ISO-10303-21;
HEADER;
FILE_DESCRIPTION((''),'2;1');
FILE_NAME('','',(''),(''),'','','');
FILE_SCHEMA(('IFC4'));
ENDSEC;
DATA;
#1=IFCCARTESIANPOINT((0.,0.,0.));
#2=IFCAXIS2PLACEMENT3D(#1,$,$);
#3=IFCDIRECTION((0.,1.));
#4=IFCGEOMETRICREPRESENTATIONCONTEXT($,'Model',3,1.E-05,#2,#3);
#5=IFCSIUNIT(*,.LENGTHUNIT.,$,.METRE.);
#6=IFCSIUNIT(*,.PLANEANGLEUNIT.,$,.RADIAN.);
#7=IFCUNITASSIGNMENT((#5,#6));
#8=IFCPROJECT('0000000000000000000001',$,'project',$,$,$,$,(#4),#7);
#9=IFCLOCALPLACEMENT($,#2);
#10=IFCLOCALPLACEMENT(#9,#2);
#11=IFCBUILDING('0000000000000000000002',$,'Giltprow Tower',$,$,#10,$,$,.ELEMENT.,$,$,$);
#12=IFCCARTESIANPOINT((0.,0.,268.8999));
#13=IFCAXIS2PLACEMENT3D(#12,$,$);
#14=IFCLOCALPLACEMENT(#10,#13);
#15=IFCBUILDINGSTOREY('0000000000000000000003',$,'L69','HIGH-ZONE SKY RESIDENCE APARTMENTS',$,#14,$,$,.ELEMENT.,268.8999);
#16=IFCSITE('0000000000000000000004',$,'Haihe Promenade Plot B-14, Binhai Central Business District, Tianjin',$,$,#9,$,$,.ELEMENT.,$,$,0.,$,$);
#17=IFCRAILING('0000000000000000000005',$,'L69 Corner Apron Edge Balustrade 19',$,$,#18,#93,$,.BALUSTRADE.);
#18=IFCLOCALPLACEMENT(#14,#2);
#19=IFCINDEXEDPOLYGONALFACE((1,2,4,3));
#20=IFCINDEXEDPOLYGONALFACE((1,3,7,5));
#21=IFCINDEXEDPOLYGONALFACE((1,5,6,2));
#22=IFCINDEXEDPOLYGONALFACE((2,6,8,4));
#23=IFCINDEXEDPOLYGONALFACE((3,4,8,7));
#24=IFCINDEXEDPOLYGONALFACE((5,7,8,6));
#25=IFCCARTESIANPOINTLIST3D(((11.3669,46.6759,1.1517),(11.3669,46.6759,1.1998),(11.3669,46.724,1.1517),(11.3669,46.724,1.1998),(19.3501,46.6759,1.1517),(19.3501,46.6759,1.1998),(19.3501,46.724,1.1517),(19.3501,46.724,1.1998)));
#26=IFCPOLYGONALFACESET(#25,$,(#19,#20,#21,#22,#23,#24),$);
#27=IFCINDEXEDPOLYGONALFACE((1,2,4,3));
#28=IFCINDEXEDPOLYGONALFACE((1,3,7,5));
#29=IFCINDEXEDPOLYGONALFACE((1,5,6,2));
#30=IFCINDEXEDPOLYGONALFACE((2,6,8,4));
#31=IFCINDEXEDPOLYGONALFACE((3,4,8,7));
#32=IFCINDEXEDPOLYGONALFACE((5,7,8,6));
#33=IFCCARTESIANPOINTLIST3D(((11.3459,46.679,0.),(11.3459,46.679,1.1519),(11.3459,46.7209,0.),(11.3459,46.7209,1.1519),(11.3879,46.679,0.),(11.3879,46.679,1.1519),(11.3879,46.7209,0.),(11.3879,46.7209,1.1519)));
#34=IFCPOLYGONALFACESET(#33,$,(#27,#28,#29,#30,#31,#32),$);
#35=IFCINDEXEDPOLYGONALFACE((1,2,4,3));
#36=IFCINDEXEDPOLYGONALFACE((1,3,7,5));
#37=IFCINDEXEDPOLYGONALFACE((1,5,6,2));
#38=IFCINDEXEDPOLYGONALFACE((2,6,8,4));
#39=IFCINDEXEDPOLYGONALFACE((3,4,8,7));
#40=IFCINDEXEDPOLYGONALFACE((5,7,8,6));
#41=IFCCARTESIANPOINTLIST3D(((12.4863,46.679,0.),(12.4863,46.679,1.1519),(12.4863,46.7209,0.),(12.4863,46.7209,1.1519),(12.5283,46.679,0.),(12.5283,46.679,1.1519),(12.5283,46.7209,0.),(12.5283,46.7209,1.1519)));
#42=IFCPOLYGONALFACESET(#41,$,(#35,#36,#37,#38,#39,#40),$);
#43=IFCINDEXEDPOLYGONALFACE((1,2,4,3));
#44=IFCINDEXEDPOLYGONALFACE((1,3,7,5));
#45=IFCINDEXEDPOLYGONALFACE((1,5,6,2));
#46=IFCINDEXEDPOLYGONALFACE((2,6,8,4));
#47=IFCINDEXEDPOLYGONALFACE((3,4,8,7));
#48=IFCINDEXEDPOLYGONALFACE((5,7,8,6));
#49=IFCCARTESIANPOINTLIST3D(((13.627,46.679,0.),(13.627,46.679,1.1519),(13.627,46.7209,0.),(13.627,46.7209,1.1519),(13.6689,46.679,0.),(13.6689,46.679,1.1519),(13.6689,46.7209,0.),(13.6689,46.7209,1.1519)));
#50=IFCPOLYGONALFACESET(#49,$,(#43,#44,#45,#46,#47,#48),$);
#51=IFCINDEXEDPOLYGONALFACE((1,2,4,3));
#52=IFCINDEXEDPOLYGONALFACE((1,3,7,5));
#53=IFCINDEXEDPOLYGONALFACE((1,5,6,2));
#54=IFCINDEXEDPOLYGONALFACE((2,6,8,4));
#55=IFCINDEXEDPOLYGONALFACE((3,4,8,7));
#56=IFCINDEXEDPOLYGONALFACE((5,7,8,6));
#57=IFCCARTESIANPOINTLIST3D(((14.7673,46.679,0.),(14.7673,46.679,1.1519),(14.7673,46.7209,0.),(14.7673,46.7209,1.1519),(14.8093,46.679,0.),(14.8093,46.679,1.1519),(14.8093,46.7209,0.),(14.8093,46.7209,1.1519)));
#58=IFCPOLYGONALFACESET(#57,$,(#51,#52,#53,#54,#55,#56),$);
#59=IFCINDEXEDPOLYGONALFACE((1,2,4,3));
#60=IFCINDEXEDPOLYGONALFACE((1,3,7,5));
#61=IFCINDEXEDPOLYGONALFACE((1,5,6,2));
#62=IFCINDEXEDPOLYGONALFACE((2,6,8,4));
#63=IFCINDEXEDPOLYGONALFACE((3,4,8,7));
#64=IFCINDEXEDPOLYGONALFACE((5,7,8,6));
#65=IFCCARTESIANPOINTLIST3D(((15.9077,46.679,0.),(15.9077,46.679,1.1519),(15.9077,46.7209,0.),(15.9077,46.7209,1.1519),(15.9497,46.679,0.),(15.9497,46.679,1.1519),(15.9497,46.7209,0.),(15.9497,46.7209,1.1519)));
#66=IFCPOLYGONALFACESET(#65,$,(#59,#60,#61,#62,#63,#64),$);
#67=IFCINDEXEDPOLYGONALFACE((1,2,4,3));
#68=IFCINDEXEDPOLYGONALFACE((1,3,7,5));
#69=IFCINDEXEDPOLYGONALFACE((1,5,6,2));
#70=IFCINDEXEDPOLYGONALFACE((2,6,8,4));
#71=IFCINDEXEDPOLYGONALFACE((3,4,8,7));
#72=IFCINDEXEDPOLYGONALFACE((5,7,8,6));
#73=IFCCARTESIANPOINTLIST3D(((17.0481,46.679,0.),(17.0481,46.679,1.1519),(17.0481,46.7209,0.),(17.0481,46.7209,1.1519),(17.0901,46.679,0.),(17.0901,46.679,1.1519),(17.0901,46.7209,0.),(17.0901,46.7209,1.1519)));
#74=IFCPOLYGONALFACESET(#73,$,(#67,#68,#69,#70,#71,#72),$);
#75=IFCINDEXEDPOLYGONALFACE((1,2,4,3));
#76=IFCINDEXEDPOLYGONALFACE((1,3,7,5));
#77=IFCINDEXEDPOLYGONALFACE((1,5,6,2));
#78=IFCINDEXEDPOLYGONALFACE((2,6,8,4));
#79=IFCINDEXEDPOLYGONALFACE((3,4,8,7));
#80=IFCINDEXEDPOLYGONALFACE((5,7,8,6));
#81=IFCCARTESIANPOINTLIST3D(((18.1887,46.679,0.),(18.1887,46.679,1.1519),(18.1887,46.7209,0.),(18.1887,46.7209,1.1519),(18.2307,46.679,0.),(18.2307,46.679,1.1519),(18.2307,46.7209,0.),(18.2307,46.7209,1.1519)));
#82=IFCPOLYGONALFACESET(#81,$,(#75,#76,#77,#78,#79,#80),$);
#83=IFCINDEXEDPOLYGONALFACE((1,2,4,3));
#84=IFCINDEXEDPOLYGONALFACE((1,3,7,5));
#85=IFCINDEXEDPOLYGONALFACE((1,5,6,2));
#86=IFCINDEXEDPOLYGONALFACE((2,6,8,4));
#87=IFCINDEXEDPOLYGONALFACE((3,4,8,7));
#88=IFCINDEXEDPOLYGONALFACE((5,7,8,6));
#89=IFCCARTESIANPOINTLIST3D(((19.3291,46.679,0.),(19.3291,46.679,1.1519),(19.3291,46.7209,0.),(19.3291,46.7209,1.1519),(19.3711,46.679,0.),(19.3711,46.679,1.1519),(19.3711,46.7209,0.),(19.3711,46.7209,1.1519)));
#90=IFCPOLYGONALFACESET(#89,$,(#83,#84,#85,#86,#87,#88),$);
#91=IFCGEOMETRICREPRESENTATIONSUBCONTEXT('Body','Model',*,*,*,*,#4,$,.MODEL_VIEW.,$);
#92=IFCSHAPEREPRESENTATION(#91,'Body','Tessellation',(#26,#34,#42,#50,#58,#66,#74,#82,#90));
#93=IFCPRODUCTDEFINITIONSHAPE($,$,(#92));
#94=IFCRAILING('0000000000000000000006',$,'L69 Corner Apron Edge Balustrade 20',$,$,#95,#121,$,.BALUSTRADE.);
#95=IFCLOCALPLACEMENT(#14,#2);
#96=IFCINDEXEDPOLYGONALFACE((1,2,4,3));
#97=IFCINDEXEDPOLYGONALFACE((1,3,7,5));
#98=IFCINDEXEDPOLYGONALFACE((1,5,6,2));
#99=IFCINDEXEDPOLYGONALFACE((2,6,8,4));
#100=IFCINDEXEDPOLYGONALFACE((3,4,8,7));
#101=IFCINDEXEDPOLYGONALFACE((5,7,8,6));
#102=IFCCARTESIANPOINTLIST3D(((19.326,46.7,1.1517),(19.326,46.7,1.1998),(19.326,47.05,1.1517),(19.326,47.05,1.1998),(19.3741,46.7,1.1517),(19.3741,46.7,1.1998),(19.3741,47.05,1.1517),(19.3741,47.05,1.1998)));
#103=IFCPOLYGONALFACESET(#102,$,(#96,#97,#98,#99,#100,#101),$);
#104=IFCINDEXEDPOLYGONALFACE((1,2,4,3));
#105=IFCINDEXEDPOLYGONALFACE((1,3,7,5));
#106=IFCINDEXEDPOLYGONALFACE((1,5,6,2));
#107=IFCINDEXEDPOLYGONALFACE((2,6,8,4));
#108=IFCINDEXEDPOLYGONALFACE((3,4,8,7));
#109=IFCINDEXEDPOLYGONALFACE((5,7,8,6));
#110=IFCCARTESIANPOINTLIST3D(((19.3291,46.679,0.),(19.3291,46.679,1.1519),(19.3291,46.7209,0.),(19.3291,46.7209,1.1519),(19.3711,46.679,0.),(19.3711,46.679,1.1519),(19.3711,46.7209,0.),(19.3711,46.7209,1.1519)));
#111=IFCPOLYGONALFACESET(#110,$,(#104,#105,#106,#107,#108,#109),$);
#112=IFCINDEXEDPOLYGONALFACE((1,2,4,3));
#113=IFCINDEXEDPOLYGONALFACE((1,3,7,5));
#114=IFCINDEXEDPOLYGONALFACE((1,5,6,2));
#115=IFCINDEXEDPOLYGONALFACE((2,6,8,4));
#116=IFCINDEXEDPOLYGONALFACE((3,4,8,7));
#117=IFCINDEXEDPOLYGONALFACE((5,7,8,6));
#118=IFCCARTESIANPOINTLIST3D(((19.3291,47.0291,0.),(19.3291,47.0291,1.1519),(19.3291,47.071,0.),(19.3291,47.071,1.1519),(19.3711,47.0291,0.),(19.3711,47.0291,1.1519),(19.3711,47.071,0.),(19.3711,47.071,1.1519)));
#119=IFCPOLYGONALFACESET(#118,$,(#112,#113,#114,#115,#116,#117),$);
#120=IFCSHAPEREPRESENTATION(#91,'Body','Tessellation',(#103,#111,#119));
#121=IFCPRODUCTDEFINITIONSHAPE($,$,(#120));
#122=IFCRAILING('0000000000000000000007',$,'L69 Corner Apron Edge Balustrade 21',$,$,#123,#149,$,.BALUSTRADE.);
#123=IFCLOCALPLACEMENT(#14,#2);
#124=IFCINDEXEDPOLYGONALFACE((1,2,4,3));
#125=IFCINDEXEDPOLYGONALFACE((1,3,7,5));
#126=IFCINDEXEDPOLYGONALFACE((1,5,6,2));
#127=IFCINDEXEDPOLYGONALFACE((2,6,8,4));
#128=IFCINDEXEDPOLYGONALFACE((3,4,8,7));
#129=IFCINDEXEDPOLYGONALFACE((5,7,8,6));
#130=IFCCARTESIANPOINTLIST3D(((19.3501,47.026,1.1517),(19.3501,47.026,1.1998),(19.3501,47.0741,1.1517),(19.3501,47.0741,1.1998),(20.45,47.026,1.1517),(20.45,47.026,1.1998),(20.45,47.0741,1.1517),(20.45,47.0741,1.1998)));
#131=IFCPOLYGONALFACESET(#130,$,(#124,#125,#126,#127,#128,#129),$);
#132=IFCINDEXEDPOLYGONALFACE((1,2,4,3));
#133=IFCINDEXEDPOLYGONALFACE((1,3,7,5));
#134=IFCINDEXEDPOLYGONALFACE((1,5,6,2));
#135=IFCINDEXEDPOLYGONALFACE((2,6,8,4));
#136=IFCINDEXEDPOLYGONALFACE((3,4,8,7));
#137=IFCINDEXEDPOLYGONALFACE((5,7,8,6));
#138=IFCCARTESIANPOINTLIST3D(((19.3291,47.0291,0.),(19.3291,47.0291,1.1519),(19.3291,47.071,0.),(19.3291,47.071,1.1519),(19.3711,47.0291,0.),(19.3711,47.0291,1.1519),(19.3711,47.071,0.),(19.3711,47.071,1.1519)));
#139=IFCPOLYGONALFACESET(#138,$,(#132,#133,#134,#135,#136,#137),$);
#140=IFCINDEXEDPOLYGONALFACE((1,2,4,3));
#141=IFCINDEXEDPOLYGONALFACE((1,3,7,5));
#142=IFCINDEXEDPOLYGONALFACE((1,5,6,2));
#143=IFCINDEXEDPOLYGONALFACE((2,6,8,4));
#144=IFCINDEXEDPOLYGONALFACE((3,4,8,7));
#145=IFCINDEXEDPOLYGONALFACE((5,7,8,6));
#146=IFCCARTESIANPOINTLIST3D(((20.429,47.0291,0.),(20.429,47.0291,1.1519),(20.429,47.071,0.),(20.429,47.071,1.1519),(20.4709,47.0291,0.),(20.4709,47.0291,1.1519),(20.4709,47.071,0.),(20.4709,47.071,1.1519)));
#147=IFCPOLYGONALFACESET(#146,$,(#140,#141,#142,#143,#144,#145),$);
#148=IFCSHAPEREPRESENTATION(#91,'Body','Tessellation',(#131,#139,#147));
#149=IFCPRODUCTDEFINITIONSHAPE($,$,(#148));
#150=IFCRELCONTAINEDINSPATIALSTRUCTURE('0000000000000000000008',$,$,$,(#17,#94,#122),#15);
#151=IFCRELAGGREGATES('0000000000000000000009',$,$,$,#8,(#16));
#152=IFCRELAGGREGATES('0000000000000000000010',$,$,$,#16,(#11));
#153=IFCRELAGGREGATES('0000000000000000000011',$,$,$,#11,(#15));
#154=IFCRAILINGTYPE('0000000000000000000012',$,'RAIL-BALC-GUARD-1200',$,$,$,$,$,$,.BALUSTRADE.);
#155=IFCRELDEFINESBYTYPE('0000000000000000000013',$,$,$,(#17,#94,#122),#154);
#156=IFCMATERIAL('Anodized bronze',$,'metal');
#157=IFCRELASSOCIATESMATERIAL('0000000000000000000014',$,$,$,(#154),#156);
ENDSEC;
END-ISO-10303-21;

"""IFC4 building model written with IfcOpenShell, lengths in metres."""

from ifc_helpers import new_model, si_unit, direction, frame, origin, origin_2d, place, context, subcontext, project, spatial, rectangle, extrude, material, type_object, element, save


model = new_model("IFC4")

# Units and contexts
model_context = context("Model", 3, precision=1e-05, world=origin(), true_north=direction((0.0, 1.0)))
body_context = subcontext(model_context, "Body", "Model", "MODEL_VIEW")
ifc_project = project(units=[si_unit("LENGTHUNIT", "METRE"), si_unit("PLANEANGLEUNIT", "RADIAN")], contexts=[model_context])

# Site, building, storey
site_placement = place(None, origin())
site = spatial("IfcSite", under=ifc_project, at=site_placement, Name="Haihe Promenade Plot B-14, Binhai Central Business District, Tianjin", CompositionType="ELEMENT", RefElevation=0.0)
building_placement = place(site_placement, origin())
building = spatial("IfcBuilding", under=site, at=building_placement, Name="Giltprow Tower", CompositionType="ELEMENT")
storey_placement = place(building_placement, frame((0.0, 0.0, 268.8999)))
storey = spatial("IfcBuildingStorey", under=building, at=storey_placement, Name="L69", Description="HIGH-ZONE SKY RESIDENCE APARTMENTS", CompositionType="ELEMENT", Elevation=268.8999)

# Railings
ifc_material_1 = material(Name="Anodized bronze", Category="metal")
railing_type = type_object("IfcRailingType", Name="RAIL-BALC-GUARD-1200", PredefinedType="BALUSTRADE", material=ifc_material_1)
railing_1_placement = place(storey_placement, frame((11.3669, 46.7, 0.0)))
element("IfcRailing", 1, at=railing_1_placement, inside=storey, type_object=railing_type, Name="L69 Corner Apron Edge Balustrade 19", PredefinedType="BALUSTRADE", context=body_context, shape_type="SweptSolid", body=[
    extrude(rectangle(XDim=0.0481, YDim=0.0481, at=origin_2d()), frame((0.0, 0.0, 1.1758), z_axis=(1.0, 0.0, 0.0), x_axis=(0.0, 1.0, 0.0)), (0.0, 0.0, 1.0), 7.9832),
    extrude(rectangle(XDim=0.042, YDim=0.042, at=origin_2d()), origin(), (0.0, 0.0, 1.0), 1.1519),
    extrude(rectangle(XDim=0.042, YDim=0.042, at=origin_2d()), frame((1.1404, 0.0, 0.0)), (0.0, 0.0, 1.0), 1.1519),
    extrude(rectangle(XDim=0.042, YDim=0.042, at=origin_2d()), frame((2.281, 0.0, 0.0)), (0.0, 0.0, 1.0), 1.1519),
    extrude(rectangle(XDim=0.042, YDim=0.042, at=origin_2d()), frame((3.4214, 0.0, 0.0)), (0.0, 0.0, 1.0), 1.1519),
    extrude(rectangle(XDim=0.042, YDim=0.042, at=origin_2d()), frame((4.5618, 0.0, 0.0)), (0.0, 0.0, 1.0), 1.1519),
    extrude(rectangle(XDim=0.042, YDim=0.042, at=origin_2d()), frame((5.7021, 0.0, 0.0)), (0.0, 0.0, 1.0), 1.1519),
    extrude(rectangle(XDim=0.042, YDim=0.042, at=origin_2d()), frame((6.8428, 0.0, 0.0)), (0.0, 0.0, 1.0), 1.1519),
    extrude(rectangle(XDim=0.042, YDim=0.042, at=origin_2d()), frame((7.9832, 0.0, 0.0)), (0.0, 0.0, 1.0), 1.1519),
])
railing_2_placement = place(storey_placement, frame((19.3501, 46.7, 0.0)))
element("IfcRailing", 2, at=railing_2_placement, inside=storey, type_object=railing_type, Name="L69 Corner Apron Edge Balustrade 20", PredefinedType="BALUSTRADE", context=body_context, shape_type="SweptSolid", body=[
    extrude(rectangle(XDim=0.0481, YDim=0.0481, at=origin_2d()), frame((0.0, 0.0, 1.1758), z_axis=(0.0, 1.0, 0.0), x_axis=(-1.0, 0.0, 0.0)), (0.0, 0.0, 1.0), 0.3501),
    extrude(rectangle(XDim=0.042, YDim=0.042, at=origin_2d()), origin(), (0.0, 0.0, 1.0), 1.1519),
    extrude(rectangle(XDim=0.042, YDim=0.042, at=origin_2d()), frame((0.0, 0.3501, 0.0)), (0.0, 0.0, 1.0), 1.1519),
])
railing_3_placement = place(storey_placement, frame((19.3501, 47.05, 0.0)))
element("IfcRailing", 3, at=railing_3_placement, inside=storey, type_object=railing_type, Name="L69 Corner Apron Edge Balustrade 21", PredefinedType="BALUSTRADE", context=body_context, shape_type="SweptSolid", body=[
    extrude(rectangle(XDim=0.0481, YDim=0.0481, at=origin_2d()), frame((0.0, 0.0, 1.1758), z_axis=(1.0, 0.0, 0.0), x_axis=(0.0, 1.0, 0.0)), (0.0, 0.0, 1.0), 1.0999),
    extrude(rectangle(XDim=0.042, YDim=0.042, at=origin_2d()), origin(), (0.0, 0.0, 1.0), 1.1519),
    extrude(rectangle(XDim=0.042, YDim=0.042, at=origin_2d()), frame((1.0999, 0.0, 0.0)), (0.0, 0.0, 1.0), 1.1519),
])

save(model, "model.ifc")
